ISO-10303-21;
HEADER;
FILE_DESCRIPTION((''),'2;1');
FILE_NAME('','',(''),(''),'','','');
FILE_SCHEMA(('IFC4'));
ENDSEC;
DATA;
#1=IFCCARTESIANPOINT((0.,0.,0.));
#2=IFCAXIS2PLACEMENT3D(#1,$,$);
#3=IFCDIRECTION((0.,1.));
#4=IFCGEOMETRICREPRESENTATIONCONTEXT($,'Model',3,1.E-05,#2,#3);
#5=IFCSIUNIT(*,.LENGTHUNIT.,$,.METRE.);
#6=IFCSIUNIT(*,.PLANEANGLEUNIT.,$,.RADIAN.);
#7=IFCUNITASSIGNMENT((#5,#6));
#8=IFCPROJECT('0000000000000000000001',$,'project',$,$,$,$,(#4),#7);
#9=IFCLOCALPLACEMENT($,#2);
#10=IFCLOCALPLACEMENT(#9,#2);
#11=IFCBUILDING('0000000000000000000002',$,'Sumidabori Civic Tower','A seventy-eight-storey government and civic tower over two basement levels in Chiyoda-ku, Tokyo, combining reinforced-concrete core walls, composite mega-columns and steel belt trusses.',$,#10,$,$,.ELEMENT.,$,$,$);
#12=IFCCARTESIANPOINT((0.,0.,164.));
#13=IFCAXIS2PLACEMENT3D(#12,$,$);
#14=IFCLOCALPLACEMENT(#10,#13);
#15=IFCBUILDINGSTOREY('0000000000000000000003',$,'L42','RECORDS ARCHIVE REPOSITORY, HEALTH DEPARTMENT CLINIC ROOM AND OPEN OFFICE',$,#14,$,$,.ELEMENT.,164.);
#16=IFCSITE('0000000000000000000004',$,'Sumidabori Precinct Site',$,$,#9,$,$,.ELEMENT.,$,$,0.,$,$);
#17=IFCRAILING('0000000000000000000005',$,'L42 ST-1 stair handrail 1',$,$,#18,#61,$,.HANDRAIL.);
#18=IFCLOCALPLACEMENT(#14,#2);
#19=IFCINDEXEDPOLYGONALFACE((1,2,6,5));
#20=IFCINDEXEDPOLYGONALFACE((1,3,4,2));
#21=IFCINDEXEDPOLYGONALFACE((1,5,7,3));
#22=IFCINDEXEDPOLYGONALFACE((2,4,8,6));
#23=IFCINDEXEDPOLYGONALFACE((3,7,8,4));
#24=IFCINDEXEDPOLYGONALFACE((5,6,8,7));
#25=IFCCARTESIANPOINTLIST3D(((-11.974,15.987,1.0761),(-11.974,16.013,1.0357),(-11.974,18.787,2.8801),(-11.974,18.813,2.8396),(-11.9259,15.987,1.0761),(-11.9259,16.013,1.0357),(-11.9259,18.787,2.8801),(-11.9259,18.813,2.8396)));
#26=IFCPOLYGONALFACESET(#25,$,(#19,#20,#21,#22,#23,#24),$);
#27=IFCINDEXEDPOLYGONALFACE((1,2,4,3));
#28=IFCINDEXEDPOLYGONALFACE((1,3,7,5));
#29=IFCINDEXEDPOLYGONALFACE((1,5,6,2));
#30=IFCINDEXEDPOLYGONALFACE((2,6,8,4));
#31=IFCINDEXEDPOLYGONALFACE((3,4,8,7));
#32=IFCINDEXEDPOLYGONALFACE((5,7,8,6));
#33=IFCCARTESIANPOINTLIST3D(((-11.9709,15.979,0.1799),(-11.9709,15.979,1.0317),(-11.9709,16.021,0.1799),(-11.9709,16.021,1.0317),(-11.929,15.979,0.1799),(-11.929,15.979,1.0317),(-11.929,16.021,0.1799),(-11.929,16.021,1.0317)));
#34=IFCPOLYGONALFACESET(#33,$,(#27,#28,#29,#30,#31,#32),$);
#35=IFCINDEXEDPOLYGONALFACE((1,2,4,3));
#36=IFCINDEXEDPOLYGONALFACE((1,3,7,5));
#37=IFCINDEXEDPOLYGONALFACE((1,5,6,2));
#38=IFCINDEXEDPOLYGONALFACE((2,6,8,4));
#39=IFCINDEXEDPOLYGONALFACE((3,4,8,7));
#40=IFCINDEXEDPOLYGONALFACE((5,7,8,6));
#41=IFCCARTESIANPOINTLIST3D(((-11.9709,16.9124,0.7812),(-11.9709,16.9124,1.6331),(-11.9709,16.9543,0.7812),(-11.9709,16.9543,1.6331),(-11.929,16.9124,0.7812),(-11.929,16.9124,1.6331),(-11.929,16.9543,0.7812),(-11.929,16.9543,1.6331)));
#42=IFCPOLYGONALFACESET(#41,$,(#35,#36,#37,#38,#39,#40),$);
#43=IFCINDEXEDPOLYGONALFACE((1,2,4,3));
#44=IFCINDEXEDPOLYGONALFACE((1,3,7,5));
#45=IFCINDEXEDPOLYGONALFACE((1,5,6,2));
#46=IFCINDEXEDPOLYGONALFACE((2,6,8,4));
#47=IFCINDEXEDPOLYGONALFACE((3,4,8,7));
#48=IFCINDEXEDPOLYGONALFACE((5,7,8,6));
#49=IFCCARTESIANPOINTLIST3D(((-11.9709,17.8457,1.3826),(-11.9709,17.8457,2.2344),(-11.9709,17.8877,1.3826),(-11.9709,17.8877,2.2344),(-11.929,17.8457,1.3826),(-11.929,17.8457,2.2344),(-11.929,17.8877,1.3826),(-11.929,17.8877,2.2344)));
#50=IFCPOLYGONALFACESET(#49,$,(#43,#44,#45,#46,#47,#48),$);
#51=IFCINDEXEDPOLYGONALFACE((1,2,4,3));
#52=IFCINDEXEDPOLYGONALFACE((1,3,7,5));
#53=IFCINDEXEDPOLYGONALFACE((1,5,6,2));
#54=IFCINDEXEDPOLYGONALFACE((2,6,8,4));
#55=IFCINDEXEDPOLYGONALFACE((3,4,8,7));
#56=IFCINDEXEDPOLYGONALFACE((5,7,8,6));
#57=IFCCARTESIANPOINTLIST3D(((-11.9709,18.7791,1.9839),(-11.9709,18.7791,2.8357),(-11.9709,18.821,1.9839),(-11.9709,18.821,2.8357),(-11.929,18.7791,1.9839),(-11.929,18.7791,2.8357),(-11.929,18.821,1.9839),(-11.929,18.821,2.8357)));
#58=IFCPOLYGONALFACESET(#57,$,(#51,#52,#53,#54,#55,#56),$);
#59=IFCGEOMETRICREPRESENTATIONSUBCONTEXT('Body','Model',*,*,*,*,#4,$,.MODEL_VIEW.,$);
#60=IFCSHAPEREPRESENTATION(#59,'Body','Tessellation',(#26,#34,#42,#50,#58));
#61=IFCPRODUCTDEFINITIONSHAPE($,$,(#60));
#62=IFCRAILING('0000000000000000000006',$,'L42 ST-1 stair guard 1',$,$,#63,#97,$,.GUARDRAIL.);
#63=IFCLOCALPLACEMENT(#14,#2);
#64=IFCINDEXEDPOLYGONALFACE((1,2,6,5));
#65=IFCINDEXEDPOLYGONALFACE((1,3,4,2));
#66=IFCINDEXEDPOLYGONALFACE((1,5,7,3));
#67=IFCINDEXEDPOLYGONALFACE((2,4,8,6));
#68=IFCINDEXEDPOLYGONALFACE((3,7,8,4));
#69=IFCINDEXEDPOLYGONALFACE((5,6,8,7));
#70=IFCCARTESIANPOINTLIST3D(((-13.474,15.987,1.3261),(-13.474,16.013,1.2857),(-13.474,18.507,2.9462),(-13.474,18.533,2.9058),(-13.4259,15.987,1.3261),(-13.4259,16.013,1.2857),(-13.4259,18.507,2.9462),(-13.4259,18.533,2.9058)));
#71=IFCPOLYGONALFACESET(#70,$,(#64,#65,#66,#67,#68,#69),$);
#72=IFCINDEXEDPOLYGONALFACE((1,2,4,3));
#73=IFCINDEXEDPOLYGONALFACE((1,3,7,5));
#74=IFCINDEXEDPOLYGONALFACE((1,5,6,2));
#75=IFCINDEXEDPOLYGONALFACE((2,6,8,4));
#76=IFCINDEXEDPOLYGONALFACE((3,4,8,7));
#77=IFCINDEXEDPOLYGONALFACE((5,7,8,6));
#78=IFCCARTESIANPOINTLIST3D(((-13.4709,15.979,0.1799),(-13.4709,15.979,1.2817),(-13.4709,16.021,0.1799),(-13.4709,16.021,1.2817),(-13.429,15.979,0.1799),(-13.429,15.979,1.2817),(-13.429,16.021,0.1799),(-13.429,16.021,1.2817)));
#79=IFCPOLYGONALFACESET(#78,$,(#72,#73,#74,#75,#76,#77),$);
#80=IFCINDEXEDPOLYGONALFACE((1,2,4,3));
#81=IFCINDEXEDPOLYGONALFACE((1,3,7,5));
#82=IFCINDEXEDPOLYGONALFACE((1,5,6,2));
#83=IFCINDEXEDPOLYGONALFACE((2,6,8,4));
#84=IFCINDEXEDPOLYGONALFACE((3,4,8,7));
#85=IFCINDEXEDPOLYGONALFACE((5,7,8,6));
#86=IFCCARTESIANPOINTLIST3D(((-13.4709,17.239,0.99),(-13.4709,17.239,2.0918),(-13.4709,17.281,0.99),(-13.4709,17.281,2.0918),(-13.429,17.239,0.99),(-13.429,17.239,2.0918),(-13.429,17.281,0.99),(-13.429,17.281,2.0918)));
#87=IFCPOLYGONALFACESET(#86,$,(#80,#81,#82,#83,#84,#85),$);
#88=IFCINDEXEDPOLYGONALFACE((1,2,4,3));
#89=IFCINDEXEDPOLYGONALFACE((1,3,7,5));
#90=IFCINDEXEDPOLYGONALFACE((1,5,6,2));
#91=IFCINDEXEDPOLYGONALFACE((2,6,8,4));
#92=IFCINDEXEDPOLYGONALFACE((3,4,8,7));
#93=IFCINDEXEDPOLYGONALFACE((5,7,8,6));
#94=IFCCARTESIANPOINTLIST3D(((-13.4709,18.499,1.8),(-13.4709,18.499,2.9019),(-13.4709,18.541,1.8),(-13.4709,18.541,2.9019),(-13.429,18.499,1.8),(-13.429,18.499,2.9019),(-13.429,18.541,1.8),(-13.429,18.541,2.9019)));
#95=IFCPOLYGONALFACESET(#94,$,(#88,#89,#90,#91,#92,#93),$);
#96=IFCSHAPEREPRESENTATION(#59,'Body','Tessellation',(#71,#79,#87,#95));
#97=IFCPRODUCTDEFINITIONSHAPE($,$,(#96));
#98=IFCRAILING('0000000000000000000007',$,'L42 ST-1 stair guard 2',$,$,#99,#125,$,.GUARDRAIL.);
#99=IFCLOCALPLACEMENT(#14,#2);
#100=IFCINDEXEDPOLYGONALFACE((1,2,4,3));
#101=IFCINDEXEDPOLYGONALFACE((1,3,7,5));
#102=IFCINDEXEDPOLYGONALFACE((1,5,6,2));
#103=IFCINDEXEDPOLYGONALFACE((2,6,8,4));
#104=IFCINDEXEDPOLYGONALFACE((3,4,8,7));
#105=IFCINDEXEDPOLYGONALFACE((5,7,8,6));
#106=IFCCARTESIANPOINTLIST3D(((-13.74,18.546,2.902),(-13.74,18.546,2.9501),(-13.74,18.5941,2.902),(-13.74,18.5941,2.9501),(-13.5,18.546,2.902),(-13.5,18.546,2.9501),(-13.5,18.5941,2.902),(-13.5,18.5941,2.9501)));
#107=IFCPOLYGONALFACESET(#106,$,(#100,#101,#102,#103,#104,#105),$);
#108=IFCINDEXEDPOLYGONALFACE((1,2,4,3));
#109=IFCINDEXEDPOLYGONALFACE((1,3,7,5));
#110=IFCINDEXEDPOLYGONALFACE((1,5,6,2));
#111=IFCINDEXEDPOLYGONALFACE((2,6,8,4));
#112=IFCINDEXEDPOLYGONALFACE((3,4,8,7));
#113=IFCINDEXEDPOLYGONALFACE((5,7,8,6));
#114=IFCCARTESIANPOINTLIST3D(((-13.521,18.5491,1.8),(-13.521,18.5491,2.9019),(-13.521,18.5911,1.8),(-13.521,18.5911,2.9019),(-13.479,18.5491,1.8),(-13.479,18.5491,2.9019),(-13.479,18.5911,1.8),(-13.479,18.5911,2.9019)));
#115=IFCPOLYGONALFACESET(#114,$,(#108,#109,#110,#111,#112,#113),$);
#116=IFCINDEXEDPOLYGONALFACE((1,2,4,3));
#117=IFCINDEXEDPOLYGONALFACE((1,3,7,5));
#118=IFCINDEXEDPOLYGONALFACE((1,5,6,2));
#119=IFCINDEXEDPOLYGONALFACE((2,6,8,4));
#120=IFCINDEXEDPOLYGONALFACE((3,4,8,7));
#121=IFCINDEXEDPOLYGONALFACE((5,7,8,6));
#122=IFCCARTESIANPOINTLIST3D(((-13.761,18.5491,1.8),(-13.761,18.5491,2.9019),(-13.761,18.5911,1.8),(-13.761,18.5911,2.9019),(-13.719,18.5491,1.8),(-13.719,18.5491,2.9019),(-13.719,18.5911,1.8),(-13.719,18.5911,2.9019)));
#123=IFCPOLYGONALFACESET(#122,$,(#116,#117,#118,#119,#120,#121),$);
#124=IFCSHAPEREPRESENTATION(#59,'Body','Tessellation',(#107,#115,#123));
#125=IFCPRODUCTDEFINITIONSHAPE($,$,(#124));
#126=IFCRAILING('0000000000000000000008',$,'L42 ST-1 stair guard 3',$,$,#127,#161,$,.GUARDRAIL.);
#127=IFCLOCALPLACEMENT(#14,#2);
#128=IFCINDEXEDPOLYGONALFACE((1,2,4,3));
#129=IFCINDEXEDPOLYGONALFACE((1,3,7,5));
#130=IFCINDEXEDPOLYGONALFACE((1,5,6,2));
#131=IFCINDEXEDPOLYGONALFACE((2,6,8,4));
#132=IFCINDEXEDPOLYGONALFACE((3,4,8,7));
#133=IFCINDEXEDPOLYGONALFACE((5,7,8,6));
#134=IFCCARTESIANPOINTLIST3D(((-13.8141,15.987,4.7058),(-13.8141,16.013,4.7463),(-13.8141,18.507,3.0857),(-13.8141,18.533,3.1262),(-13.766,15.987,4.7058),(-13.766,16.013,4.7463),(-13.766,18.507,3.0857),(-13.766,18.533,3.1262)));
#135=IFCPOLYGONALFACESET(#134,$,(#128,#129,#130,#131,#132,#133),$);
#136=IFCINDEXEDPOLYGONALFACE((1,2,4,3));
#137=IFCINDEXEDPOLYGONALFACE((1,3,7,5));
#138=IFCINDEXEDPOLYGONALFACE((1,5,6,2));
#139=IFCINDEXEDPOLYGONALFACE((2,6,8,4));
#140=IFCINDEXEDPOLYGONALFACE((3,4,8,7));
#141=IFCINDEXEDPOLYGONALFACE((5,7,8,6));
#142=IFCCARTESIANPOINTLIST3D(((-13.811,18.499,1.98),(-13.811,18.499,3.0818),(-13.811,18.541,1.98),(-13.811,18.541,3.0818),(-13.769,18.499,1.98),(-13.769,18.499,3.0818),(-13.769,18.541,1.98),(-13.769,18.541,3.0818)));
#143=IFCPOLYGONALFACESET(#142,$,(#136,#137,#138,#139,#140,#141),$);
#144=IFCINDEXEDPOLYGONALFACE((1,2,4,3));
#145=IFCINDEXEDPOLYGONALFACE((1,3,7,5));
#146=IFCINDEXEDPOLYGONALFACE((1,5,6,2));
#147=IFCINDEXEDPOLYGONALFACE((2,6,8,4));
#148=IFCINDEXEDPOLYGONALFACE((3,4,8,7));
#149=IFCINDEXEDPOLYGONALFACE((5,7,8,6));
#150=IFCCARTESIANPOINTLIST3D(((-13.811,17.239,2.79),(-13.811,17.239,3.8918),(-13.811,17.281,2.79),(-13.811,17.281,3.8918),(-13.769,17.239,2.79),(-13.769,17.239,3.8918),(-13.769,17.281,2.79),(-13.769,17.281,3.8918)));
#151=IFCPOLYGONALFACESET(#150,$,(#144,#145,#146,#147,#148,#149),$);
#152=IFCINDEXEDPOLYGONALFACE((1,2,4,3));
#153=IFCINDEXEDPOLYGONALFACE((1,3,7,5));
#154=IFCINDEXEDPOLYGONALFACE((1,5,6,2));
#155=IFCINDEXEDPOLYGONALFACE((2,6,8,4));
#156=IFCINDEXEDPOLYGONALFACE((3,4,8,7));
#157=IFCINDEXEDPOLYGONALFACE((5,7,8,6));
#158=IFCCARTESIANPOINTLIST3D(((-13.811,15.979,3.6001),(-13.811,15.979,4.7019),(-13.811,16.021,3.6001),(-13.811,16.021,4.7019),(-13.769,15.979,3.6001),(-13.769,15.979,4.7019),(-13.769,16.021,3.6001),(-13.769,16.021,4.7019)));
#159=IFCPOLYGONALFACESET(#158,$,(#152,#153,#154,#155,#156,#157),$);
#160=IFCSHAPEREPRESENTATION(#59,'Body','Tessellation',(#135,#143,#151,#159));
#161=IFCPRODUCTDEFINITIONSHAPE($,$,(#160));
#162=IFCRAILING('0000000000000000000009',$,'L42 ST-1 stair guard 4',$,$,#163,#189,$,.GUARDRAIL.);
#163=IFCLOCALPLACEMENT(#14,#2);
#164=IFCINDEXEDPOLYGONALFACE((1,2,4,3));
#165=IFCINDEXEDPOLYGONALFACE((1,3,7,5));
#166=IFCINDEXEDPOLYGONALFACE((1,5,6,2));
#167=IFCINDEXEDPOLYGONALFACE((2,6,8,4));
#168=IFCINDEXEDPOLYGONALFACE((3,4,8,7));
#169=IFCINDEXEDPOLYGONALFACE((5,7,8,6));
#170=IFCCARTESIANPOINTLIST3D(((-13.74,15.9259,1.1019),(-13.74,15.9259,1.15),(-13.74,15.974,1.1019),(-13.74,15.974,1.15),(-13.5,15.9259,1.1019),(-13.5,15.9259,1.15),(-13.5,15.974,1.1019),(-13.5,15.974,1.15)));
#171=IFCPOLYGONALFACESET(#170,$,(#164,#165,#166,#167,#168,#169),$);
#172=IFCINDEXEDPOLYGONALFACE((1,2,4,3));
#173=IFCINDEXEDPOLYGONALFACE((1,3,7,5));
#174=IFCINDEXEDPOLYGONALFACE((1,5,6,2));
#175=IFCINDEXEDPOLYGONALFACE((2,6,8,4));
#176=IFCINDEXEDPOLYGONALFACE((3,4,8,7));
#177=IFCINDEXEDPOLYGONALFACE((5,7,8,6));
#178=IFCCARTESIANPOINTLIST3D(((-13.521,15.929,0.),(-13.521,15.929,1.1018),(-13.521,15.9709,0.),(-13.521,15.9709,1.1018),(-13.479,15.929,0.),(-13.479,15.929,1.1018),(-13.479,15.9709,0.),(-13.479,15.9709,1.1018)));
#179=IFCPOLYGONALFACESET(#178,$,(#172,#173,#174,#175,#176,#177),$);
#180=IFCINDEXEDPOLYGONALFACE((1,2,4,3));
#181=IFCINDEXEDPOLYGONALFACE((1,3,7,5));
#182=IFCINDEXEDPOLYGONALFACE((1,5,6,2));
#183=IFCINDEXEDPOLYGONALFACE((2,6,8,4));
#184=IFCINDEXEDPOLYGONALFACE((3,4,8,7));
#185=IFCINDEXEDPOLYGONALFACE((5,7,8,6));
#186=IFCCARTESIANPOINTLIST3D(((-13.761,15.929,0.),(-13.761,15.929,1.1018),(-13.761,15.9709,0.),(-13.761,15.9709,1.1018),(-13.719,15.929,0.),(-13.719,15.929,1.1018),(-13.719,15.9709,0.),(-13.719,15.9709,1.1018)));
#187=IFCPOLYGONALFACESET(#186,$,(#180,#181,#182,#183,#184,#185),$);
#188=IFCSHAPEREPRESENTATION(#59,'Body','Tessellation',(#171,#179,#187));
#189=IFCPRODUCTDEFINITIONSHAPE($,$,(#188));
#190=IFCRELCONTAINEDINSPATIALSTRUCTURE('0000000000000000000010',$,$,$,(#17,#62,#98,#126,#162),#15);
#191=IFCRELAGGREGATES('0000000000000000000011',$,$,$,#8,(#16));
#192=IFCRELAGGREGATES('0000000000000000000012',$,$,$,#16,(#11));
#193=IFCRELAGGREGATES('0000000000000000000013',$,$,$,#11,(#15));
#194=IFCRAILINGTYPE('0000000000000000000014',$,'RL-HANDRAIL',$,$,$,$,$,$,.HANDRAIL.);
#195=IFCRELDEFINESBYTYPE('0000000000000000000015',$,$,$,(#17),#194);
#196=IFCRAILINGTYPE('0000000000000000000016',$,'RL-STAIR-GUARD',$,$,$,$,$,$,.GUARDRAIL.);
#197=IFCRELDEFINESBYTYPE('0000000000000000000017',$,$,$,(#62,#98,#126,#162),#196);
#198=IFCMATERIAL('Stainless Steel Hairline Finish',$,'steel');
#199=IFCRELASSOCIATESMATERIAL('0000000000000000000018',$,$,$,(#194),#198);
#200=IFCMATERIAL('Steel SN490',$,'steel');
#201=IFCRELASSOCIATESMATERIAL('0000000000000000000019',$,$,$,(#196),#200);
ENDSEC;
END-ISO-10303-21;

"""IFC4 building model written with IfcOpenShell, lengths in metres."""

from ifc_helpers import new_model, si_unit, direction, frame, origin, origin_2d, place, context, subcontext, project, spatial, rectangle, extrude, material, type_object, element, save


model = new_model("IFC4")

# Units and contexts
model_context = context("Model", 3, precision=1e-05, world=origin(), true_north=direction((0.0, 1.0)))
body_context = subcontext(model_context, "Body", "Model", "MODEL_VIEW")
ifc_project = project(units=[si_unit("LENGTHUNIT", "METRE"), si_unit("PLANEANGLEUNIT", "RADIAN")], contexts=[model_context])

# Site, building, storey
site_placement = place(None, origin())
site = spatial("IfcSite", under=ifc_project, at=site_placement, Name="Sumidabori Precinct Site", CompositionType="ELEMENT", RefElevation=0.0)
building_placement = place(site_placement, origin())
building = spatial("IfcBuilding", under=site, at=building_placement, Name="Sumidabori Civic Tower", Description="A seventy-eight-storey government and civic tower over two basement levels in Chiyoda-ku, Tokyo, combining reinforced-concrete core walls, composite mega-columns and steel belt trusses.", CompositionType="ELEMENT")
storey_placement = place(building_placement, frame((0.0, 0.0, 164.0)))
storey = spatial("IfcBuildingStorey", under=building, at=storey_placement, Name="L42", Description="RECORDS ARCHIVE REPOSITORY, HEALTH DEPARTMENT CLINIC ROOM AND OPEN OFFICE", CompositionType="ELEMENT", Elevation=164.0)

# Shared definitions
ifc_material_1 = material(Name="Steel SN490", Category="steel")

# Shared definitions
ifc_material_2 = material(Name="Stainless Steel Hairline Finish", Category="steel")

# Railings
railing_type_1 = type_object("IfcRailingType", Name="RL-HANDRAIL", PredefinedType="HANDRAIL", material=ifc_material_2)
railing_1_placement = place(storey_placement, frame((-11.95, 16.0, 0.1799)))
element("IfcRailing", 1, at=railing_1_placement, inside=storey, type_object=railing_type_1, Name="L42 ST-1 stair handrail 1", PredefinedType="HANDRAIL", context=body_context, shape_type="SweptSolid", body=[
    extrude(rectangle(XDim=0.0481, YDim=0.0481, at=origin_2d()), frame((0.0, 0.0, 0.876), z_axis=(0.0, 0.840642, 0.541591), x_axis=(-1.0, 0.0, 0.0)), (0.0, 0.0, 1.0), 3.3308),
    extrude(rectangle(XDim=0.042, YDim=0.042, at=origin_2d()), origin(), (0.0, 0.0, 1.0), 0.8518),
    extrude(rectangle(XDim=0.042, YDim=0.042, at=origin_2d()), frame((0.0, 0.9333, 0.6013)), (0.0, 0.0, 1.0), 0.8518),
    extrude(rectangle(XDim=0.042, YDim=0.042, at=origin_2d()), frame((0.0, 1.8667, 1.2026)), (0.0, 0.0, 1.0), 0.8518),
    extrude(rectangle(XDim=0.042, YDim=0.042, at=origin_2d()), frame((0.0, 2.8, 1.804)), (0.0, 0.0, 1.0), 0.8518),
])
railing_type_2 = type_object("IfcRailingType", Name="RL-STAIR-GUARD", PredefinedType="GUARDRAIL", material=ifc_material_1)
railing_2_placement = place(storey_placement, frame((-13.45, 16.0, 0.1799)))
element("IfcRailing", 2, at=railing_2_placement, inside=storey, type_object=railing_type_2, Name="L42 ST-1 stair guard 1", PredefinedType="GUARDRAIL", context=body_context, shape_type="SweptSolid", body=[
    extrude(rectangle(XDim=0.0481, YDim=0.0481, at=origin_2d()), frame((0.0, 0.0, 1.126), z_axis=(0.0, 0.841163, 0.540782), x_axis=(-1.0, 0.0, 0.0)), (0.0, 0.0, 1.0), 2.9958),
    extrude(rectangle(XDim=0.042, YDim=0.042, at=origin_2d()), origin(), (0.0, 0.0, 1.0), 1.1018),
    extrude(rectangle(XDim=0.042, YDim=0.042, at=origin_2d()), frame((0.0, 1.26, 0.8101)), (0.0, 0.0, 1.0), 1.1018),
    extrude(rectangle(XDim=0.042, YDim=0.042, at=origin_2d()), frame((0.0, 2.52, 1.6201)), (0.0, 0.0, 1.0), 1.1018),
])
railing_3_placement = place(storey_placement, frame((-13.5, 18.5701, 1.8)))
element("IfcRailing", 3, at=railing_3_placement, inside=storey, type_object=railing_type_2, Name="L42 ST-1 stair guard 2", PredefinedType="GUARDRAIL", context=body_context, shape_type="SweptSolid", body=[
    extrude(rectangle(XDim=0.0481, YDim=0.0481, at=origin_2d()), frame((0.0, 0.0, 1.126), z_axis=(-1.0, 0.0, 0.0), x_axis=(0.0, -1.0, 0.0)), (0.0, 0.0, 1.0), 0.24),
    extrude(rectangle(XDim=0.042, YDim=0.042, at=origin_2d()), origin(), (0.0, 0.0, 1.0), 1.1018),
    extrude(rectangle(XDim=0.042, YDim=0.042, at=origin_2d()), frame((-0.24, 0.0, 0.0)), (0.0, 0.0, 1.0), 1.1018),
])
railing_4_placement = place(storey_placement, frame((-13.79, 18.52, 1.98)))
element("IfcRailing", 4, at=railing_4_placement, inside=storey, type_object=railing_type_2, Name="L42 ST-1 stair guard 3", PredefinedType="GUARDRAIL", context=body_context, shape_type="SweptSolid", body=[
    extrude(rectangle(XDim=0.0481, YDim=0.0481, at=origin_2d()), frame((0.0, 0.0, 1.126), z_axis=(0.0, -0.841163, 0.540782), x_axis=(1.0, 0.0, 0.0)), (0.0, 0.0, 1.0), 2.9958),
    extrude(rectangle(XDim=0.042, YDim=0.042, at=origin_2d()), origin(), (0.0, 0.0, 1.0), 1.1018),
    extrude(rectangle(XDim=0.042, YDim=0.042, at=origin_2d()), frame((0.0, -1.26, 0.8101)), (0.0, 0.0, 1.0), 1.1018),
    extrude(rectangle(XDim=0.042, YDim=0.042, at=origin_2d()), frame((0.0, -2.52, 1.6201)), (0.0, 0.0, 1.0), 1.1018),
])
railing_5_placement = place(storey_placement, frame((-13.5, 15.95, 0.0)))
element("IfcRailing", 5, at=railing_5_placement, inside=storey, type_object=railing_type_2, Name="L42 ST-1 stair guard 4", PredefinedType="GUARDRAIL", context=body_context, shape_type="SweptSolid", body=[
    extrude(rectangle(XDim=0.0481, YDim=0.0481, at=origin_2d()), frame((0.0, 0.0, 1.126), z_axis=(-1.0, 0.0, 0.0), x_axis=(0.0, -1.0, 0.0)), (0.0, 0.0, 1.0), 0.24),
    extrude(rectangle(XDim=0.042, YDim=0.042, at=origin_2d()), origin(), (0.0, 0.0, 1.0), 1.1018),
    extrude(rectangle(XDim=0.042, YDim=0.042, at=origin_2d()), frame((-0.24, 0.0, 0.0)), (0.0, 0.0, 1.0), 1.1018),
])

save(model, "model.ifc")
